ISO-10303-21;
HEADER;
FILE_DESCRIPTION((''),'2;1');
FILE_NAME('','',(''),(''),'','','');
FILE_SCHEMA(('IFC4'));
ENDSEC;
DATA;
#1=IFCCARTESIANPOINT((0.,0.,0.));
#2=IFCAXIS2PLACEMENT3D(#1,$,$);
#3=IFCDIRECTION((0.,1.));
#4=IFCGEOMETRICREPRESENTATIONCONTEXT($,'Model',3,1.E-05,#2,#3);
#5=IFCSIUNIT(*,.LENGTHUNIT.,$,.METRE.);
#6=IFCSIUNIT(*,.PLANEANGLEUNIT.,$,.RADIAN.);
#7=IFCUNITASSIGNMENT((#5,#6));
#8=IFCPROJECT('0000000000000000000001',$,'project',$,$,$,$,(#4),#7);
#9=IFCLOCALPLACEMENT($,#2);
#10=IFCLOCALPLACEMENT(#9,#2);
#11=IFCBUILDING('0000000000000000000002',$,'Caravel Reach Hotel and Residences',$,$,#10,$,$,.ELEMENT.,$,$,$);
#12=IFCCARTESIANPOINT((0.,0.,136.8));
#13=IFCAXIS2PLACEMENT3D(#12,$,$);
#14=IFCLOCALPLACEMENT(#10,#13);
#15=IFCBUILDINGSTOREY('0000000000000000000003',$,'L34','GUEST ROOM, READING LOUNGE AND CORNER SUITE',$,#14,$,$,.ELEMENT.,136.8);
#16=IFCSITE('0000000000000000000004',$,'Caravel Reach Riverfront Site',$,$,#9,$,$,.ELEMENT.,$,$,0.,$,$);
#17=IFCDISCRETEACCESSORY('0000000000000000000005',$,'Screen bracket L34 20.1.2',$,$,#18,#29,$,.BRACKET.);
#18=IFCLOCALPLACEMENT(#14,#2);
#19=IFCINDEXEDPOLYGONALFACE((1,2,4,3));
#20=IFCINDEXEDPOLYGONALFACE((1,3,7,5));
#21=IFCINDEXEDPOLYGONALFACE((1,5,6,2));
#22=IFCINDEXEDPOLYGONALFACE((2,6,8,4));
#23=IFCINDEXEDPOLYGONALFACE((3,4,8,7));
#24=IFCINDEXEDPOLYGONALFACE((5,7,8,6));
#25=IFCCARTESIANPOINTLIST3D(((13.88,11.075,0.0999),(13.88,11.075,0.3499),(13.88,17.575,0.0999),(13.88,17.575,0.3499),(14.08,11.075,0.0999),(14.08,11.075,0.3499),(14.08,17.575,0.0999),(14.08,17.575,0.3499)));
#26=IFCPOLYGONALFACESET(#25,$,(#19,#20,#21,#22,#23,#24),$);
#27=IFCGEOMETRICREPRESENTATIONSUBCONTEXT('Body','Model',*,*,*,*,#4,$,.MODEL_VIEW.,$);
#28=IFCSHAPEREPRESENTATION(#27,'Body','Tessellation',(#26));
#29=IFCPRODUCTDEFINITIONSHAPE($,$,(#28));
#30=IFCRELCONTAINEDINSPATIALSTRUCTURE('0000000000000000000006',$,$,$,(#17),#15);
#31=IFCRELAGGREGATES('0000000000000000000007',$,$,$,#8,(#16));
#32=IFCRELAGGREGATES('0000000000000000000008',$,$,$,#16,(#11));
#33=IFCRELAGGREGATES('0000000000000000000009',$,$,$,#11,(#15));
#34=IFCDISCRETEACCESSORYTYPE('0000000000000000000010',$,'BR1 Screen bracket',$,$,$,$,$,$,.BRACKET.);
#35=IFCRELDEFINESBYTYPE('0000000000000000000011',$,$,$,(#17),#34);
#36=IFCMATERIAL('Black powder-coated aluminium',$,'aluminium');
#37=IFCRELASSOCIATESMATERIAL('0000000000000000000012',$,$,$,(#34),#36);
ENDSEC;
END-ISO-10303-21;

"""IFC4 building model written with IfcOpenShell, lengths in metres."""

from ifc_helpers import new_model, si_unit, direction, frame, origin, origin_2d, place, context, subcontext, project, spatial, rectangle, extrude, material, type_object, element, save


model = new_model("IFC4")

# Units and contexts
model_context = context("Model", 3, precision=1e-05, world=origin(), true_north=direction((0.0, 1.0)))
body_context = subcontext(model_context, "Body", "Model", "MODEL_VIEW")
ifc_project = project(units=[si_unit("LENGTHUNIT", "METRE"), si_unit("PLANEANGLEUNIT", "RADIAN")], contexts=[model_context])

# Site, building, storey
site_placement = place(None, origin())
site = spatial("IfcSite", under=ifc_project, at=site_placement, Name="Caravel Reach Riverfront Site", CompositionType="ELEMENT", RefElevation=0.0)
building_placement = place(site_placement, origin())
building = spatial("IfcBuilding", under=site, at=building_placement, Name="Caravel Reach Hotel and Residences", CompositionType="ELEMENT")
storey_placement = place(building_placement, frame((0.0, 0.0, 136.8)))
storey = spatial("IfcBuildingStorey", under=building, at=storey_placement, Name="L34", Description="GUEST ROOM, READING LOUNGE AND CORNER SUITE", CompositionType="ELEMENT", Elevation=136.8)

# Discrete accessory
ifc_material_1 = material(Name="Black powder-coated aluminium", Category="aluminium")
discrete_accessory_type = type_object("IfcDiscreteAccessoryType", Name="BR1 Screen bracket", PredefinedType="BRACKET", material=ifc_material_1)
discrete_accessory_1_placement = place(storey_placement, frame((13.98, 14.325, 0.0999), z_axis=(0.0, 0.0, 1.0), x_axis=(0.0, -1.0, 0.0)))
element("IfcDiscreteAccessory", 1, at=discrete_accessory_1_placement, inside=storey, type_object=discrete_accessory_type, Name="Screen bracket L34 20.1.2", PredefinedType="BRACKET", context=body_context, shape_type="SweptSolid", body=[
    extrude(rectangle(XDim=6.5, YDim=0.2, at=origin_2d()), origin(), (0.0, 0.0, 1.0), 0.25),
])

save(model, "model.ifc")
